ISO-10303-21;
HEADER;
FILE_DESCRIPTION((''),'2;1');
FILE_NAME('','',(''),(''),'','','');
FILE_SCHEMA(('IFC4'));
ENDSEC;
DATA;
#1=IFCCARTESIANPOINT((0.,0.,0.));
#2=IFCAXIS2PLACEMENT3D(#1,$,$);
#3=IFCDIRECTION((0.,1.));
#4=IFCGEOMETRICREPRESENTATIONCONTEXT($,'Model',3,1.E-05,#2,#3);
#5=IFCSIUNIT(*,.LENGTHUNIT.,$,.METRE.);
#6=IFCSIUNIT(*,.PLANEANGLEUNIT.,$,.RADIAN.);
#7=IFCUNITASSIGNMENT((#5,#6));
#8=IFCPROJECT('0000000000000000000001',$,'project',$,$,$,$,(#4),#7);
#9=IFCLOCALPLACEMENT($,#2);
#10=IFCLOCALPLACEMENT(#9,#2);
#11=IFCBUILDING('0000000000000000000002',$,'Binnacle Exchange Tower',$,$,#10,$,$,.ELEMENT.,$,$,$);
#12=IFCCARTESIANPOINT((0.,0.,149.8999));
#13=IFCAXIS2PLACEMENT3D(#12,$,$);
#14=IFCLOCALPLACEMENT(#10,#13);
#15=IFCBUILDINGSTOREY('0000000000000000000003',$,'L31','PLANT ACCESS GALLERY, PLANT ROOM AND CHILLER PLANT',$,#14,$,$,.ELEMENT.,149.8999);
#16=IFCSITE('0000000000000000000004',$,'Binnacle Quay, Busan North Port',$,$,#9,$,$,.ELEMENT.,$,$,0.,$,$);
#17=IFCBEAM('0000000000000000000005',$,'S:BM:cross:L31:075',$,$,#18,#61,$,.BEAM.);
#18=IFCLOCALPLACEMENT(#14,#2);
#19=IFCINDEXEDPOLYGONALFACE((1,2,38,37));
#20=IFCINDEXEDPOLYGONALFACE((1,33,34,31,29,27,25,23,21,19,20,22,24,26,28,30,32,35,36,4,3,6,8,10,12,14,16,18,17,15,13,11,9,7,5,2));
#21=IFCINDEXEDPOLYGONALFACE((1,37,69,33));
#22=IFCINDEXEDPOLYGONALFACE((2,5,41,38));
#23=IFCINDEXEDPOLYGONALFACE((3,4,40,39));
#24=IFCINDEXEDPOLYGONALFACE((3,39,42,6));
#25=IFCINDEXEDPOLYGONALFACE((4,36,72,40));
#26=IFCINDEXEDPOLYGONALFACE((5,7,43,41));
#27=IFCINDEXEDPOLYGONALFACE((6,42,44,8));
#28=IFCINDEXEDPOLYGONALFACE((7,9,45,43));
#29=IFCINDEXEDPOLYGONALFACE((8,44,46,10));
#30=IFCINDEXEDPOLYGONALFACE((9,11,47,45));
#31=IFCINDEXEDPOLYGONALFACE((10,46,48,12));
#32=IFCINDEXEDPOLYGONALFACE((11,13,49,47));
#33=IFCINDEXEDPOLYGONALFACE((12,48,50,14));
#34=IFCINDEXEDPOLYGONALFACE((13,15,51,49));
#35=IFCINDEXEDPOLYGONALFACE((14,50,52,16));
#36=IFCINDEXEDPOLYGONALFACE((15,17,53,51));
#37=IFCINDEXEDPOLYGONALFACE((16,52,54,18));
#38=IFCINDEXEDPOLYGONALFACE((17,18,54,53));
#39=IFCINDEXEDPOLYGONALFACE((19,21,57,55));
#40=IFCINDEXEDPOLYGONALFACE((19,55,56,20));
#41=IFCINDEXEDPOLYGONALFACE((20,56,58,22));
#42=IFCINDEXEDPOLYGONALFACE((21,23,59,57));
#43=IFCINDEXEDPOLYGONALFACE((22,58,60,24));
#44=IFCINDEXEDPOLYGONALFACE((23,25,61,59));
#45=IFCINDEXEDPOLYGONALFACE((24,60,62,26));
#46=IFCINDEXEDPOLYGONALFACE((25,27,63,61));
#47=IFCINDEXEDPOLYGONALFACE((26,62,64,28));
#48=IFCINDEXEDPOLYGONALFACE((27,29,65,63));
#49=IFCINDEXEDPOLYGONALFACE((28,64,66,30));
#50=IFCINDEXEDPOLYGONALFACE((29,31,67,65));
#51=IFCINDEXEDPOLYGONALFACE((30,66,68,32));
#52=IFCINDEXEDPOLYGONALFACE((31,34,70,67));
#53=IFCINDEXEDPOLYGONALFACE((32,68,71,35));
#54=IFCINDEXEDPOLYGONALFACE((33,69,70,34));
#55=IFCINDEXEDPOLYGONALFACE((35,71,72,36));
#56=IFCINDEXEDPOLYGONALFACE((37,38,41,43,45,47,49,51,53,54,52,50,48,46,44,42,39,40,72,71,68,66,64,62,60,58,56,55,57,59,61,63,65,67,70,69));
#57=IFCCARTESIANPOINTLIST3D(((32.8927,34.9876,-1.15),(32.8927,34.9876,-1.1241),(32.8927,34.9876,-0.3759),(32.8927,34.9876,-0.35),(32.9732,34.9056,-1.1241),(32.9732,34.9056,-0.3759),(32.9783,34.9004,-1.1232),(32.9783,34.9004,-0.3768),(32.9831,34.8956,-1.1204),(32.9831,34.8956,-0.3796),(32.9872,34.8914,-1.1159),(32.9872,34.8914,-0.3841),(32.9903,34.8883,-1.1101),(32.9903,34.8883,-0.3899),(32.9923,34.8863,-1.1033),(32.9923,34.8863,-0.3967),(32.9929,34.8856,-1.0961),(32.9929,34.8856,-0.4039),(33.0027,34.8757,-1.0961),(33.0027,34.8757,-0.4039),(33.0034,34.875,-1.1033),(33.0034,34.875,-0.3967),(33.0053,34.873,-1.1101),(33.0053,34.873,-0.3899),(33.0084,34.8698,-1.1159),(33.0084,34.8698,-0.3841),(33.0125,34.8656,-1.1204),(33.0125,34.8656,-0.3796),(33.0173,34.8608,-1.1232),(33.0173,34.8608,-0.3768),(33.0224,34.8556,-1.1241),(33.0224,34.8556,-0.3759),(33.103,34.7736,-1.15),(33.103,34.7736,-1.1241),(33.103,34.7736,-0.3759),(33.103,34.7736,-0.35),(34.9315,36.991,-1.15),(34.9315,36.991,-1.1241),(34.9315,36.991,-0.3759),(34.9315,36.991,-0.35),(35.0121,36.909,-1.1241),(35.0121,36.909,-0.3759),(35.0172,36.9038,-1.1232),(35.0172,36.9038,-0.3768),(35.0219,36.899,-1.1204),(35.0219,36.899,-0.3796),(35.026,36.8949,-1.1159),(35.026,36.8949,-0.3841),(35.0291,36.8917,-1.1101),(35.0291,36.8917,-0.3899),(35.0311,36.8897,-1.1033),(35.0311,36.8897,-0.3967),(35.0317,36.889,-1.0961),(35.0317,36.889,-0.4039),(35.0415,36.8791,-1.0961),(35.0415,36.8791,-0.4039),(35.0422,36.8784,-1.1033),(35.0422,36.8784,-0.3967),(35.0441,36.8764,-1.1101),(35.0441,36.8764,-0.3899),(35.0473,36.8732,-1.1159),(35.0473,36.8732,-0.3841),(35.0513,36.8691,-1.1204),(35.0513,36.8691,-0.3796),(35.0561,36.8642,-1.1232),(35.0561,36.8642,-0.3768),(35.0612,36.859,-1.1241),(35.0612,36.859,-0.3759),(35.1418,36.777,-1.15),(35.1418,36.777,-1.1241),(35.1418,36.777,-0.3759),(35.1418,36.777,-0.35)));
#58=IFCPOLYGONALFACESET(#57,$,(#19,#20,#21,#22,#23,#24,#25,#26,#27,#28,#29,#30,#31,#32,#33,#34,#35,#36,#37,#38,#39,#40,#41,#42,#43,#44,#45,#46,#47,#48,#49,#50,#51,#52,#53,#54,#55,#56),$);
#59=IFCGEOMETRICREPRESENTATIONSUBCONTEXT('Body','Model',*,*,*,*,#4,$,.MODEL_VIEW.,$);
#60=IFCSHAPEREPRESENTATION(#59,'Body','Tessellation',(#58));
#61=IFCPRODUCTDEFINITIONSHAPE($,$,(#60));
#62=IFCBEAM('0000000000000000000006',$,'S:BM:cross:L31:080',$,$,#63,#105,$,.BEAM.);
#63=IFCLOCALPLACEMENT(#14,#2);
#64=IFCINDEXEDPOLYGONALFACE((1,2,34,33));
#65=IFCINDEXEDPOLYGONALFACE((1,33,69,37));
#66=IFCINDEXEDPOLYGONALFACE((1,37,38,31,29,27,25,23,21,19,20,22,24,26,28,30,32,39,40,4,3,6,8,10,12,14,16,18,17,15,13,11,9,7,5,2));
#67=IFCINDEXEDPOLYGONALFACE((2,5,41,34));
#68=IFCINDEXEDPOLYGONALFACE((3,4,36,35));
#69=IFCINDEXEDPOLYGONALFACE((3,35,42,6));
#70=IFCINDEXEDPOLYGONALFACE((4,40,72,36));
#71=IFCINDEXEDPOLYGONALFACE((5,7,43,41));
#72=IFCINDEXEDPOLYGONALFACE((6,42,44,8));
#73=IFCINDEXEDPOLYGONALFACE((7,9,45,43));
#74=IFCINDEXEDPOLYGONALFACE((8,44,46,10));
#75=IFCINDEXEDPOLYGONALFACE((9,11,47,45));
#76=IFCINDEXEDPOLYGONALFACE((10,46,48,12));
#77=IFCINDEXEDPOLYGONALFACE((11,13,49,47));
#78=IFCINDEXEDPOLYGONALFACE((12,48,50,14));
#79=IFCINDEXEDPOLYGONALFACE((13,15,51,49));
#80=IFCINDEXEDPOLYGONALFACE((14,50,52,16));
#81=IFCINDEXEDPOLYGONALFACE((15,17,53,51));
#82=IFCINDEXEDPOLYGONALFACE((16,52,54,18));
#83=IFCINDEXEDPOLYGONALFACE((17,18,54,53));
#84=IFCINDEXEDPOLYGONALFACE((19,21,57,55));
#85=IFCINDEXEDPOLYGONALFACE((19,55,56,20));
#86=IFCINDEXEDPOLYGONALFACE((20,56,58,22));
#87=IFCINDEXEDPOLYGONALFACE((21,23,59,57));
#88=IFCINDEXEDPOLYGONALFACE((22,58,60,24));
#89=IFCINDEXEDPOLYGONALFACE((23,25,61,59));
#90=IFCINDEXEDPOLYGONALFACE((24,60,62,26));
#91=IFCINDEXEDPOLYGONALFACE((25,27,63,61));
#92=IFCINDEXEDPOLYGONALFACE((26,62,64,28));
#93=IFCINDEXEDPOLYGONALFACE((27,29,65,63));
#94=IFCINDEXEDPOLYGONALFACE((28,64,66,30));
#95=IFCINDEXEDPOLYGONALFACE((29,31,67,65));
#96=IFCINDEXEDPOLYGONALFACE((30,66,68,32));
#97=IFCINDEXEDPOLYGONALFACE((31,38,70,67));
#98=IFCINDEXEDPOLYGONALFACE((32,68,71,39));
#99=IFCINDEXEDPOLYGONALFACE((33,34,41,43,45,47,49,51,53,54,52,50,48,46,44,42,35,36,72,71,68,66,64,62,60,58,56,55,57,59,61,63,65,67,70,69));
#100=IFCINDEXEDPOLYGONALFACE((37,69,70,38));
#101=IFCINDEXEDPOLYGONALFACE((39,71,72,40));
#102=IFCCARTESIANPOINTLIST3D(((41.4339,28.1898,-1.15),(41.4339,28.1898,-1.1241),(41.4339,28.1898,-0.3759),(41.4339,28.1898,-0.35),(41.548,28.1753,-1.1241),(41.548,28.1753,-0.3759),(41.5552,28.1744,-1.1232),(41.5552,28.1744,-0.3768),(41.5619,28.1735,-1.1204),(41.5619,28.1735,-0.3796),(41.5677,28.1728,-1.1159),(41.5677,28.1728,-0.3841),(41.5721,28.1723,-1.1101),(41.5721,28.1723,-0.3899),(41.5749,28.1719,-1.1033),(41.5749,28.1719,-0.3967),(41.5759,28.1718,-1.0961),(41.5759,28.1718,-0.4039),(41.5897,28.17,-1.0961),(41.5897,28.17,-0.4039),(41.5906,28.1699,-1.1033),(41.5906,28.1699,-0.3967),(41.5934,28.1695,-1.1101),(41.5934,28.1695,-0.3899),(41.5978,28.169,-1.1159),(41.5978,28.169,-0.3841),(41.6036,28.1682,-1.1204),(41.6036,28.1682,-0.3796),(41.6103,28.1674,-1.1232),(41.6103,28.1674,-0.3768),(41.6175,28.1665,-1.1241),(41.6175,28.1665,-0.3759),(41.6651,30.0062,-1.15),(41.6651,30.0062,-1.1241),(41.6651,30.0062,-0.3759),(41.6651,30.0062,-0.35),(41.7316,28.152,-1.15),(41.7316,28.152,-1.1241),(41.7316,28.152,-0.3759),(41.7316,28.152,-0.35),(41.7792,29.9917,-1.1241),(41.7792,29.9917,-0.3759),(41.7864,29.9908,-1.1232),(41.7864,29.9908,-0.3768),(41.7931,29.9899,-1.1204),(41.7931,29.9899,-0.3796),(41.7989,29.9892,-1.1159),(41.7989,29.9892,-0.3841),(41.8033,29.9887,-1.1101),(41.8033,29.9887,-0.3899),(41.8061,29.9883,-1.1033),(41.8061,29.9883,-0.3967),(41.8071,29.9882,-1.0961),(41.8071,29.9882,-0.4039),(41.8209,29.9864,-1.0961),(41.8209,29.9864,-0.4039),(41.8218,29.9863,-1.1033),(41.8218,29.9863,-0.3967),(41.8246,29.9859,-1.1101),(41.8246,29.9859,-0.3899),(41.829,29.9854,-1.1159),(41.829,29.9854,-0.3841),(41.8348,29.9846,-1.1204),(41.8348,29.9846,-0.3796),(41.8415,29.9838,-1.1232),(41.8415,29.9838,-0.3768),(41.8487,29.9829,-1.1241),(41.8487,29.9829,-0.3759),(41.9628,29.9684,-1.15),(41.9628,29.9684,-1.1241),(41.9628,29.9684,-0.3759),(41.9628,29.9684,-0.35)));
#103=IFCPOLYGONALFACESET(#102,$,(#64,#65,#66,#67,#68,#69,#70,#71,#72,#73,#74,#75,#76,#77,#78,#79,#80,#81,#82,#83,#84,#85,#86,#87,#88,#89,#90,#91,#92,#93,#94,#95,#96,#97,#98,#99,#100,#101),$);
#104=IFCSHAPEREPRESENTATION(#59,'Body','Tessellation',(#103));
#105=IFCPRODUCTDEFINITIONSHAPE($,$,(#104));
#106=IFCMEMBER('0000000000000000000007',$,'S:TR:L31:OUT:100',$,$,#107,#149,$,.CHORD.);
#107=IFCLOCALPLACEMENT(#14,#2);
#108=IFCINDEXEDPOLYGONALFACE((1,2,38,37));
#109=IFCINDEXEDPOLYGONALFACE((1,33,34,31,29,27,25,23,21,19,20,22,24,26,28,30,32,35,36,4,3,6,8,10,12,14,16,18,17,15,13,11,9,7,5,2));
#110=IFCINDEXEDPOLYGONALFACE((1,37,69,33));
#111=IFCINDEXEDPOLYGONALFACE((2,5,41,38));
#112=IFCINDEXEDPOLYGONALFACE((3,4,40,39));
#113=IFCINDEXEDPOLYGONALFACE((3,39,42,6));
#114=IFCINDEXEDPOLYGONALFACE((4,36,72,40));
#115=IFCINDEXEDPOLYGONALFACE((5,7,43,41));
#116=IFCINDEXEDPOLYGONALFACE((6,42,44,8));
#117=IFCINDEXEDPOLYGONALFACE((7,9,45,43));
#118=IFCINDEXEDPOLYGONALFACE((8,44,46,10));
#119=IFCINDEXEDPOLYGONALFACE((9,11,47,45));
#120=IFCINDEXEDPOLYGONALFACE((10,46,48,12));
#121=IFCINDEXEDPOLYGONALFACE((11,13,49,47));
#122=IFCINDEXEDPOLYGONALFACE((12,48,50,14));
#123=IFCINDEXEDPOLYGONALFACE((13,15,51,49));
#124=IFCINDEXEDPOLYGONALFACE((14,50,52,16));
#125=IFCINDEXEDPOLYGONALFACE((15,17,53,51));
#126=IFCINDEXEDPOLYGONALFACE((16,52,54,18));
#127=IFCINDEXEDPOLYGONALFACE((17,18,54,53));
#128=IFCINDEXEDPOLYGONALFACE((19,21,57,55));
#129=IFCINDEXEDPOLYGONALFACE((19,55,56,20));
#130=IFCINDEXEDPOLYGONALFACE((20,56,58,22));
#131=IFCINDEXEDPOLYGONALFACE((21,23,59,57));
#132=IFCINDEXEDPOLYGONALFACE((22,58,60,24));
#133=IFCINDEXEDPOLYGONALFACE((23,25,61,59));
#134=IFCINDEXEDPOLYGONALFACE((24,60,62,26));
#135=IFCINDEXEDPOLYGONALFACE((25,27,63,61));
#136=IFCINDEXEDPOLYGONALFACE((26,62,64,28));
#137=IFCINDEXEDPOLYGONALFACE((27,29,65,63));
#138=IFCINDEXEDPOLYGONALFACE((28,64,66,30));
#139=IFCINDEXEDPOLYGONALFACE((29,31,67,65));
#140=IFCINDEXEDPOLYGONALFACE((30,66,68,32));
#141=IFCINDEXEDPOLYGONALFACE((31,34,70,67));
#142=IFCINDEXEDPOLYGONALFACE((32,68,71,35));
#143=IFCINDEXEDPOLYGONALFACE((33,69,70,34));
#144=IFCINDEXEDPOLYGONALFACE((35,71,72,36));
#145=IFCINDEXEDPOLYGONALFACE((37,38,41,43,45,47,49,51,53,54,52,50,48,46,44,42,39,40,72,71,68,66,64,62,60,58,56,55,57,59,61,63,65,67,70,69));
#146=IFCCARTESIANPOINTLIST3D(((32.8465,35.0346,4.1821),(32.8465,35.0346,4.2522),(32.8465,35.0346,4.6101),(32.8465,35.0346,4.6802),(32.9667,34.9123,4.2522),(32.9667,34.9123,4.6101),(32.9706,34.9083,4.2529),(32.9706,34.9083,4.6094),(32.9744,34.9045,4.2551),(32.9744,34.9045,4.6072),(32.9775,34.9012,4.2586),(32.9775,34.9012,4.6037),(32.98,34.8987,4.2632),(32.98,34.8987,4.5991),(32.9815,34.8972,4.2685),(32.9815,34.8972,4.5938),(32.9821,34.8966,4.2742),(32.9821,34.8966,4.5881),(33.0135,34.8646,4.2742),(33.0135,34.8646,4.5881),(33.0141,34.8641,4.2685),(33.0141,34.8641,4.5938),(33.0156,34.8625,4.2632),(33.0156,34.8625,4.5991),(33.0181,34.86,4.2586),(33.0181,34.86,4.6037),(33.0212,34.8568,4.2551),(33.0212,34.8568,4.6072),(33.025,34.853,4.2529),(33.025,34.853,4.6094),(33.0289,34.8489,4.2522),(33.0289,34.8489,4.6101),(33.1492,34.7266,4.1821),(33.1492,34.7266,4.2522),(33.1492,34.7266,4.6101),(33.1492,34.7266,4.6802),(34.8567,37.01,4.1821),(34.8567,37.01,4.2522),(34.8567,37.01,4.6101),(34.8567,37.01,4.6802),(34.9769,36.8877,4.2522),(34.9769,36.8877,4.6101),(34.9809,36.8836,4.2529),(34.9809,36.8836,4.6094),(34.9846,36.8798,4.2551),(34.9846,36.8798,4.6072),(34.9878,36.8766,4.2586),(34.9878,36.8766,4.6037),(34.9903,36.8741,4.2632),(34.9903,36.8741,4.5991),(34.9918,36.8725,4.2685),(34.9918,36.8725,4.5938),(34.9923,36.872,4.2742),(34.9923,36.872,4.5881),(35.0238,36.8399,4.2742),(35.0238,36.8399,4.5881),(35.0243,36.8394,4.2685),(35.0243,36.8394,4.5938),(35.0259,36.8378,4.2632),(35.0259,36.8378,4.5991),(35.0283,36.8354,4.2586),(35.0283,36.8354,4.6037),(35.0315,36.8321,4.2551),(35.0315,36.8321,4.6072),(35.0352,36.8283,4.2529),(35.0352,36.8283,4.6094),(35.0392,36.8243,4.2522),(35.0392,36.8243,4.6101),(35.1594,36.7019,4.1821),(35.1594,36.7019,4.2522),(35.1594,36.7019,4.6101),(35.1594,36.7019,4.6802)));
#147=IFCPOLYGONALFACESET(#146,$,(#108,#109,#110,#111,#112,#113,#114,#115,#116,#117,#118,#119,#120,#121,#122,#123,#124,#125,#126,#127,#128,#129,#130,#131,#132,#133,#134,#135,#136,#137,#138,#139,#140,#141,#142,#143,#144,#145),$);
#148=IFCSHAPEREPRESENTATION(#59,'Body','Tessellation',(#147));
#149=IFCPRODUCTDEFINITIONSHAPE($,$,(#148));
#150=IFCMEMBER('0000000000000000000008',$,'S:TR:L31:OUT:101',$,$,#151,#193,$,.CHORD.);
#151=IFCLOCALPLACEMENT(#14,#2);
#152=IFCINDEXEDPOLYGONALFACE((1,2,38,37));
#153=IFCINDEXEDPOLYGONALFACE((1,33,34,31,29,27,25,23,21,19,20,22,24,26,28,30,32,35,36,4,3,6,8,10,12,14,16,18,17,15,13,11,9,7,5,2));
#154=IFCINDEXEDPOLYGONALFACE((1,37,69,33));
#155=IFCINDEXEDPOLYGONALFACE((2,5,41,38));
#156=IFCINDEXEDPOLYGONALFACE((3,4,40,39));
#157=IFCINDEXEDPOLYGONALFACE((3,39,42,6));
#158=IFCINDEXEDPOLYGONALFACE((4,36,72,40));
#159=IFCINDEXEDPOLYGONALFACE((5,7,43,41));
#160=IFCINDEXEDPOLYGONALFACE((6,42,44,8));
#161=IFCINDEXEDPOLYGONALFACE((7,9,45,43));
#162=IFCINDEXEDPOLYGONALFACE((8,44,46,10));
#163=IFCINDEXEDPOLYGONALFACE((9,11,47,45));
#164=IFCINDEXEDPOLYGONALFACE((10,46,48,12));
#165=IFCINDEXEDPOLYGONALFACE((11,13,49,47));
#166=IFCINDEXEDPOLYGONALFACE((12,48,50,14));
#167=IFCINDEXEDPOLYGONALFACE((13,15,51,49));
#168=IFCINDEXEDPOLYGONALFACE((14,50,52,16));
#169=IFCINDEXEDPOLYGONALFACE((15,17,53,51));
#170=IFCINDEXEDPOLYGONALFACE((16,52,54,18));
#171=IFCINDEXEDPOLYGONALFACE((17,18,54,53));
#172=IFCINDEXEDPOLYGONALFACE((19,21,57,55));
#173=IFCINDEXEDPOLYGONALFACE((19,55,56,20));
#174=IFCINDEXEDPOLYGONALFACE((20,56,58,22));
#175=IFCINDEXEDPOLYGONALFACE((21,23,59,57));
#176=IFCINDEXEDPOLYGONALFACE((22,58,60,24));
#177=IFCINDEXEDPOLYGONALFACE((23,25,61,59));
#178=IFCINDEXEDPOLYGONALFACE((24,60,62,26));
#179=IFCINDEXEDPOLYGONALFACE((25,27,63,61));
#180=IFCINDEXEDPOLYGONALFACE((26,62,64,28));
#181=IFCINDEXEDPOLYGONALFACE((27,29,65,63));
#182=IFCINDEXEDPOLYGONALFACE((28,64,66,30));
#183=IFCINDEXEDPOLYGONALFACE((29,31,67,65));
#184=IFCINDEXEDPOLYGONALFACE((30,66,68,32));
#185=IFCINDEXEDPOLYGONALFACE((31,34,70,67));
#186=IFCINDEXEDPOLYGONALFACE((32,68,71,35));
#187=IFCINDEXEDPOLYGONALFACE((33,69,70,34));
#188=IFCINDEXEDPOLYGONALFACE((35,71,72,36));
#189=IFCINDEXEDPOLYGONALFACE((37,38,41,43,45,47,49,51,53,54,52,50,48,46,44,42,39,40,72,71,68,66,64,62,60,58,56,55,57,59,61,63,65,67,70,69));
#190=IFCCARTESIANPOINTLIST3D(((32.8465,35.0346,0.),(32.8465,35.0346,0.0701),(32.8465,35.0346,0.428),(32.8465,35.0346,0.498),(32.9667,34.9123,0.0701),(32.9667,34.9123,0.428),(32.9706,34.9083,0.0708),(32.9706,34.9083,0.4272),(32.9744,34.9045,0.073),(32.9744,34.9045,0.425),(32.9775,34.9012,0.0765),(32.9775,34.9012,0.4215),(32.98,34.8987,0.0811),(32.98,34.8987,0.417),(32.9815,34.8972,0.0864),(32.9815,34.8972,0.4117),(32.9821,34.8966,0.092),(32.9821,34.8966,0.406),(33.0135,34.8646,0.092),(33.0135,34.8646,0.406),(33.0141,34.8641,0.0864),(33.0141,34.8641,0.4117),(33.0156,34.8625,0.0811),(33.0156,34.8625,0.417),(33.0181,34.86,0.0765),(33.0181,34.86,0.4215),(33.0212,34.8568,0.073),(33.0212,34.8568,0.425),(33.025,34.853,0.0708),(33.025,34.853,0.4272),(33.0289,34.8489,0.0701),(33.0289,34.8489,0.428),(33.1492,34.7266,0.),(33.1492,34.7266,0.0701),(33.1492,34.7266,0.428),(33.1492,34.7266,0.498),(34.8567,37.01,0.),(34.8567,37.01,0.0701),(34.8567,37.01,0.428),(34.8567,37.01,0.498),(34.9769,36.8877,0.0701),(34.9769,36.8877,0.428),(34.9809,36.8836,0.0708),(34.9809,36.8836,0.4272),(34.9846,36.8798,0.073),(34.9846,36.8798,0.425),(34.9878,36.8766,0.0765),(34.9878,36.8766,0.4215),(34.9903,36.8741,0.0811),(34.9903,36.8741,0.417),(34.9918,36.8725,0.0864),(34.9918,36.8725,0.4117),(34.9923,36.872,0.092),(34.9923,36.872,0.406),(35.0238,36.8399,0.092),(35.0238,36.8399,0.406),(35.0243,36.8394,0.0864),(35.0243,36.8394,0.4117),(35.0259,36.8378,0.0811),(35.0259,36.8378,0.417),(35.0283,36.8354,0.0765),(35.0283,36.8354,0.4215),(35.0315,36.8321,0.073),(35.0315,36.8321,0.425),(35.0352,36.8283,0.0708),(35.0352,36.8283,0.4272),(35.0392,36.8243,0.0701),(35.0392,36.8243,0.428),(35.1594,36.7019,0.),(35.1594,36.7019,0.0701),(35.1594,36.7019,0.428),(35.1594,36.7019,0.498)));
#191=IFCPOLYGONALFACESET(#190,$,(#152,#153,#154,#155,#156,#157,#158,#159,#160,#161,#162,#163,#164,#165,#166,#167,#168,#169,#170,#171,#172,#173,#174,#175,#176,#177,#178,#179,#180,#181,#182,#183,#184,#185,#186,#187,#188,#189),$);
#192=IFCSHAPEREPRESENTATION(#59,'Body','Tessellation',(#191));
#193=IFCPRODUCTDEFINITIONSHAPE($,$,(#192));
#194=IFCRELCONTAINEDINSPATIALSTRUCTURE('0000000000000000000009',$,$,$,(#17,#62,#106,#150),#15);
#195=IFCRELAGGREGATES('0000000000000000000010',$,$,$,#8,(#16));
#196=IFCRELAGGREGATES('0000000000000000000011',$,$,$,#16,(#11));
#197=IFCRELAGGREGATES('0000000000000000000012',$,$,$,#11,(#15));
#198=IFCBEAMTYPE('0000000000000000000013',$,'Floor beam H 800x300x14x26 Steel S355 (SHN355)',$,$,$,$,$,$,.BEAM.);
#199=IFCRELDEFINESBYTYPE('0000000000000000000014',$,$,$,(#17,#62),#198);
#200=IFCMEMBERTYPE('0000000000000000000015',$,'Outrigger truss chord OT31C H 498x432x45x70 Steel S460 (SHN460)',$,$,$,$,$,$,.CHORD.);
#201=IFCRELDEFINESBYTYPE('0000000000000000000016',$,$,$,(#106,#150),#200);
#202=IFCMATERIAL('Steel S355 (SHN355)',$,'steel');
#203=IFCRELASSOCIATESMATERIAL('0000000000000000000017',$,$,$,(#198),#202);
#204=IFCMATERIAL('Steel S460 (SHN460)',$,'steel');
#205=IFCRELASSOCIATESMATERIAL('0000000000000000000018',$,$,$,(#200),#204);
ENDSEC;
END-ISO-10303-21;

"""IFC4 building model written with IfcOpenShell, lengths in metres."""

from ifc_helpers import new_model, si_unit, direction, frame, origin, origin_2d, place, context, subcontext, project, spatial, i_section, extrude, material, material_profile, profile_set, type_object, element, save


model = new_model("IFC4")

# Units and contexts
model_context = context("Model", 3, precision=1e-05, world=origin(), true_north=direction((0.0, 1.0)))
body_context = subcontext(model_context, "Body", "Model", "MODEL_VIEW")
ifc_project = project(units=[si_unit("LENGTHUNIT", "METRE"), si_unit("PLANEANGLEUNIT", "RADIAN")], contexts=[model_context])

# Site, building, storey
site_placement = place(None, origin())
site = spatial("IfcSite", under=ifc_project, at=site_placement, Name="Binnacle Quay, Busan North Port", CompositionType="ELEMENT", RefElevation=0.0)
building_placement = place(site_placement, origin())
building = spatial("IfcBuilding", under=site, at=building_placement, Name="Binnacle Exchange Tower", CompositionType="ELEMENT")
storey_placement = place(building_placement, frame((0.0, 0.0, 149.8999)))
storey = spatial("IfcBuildingStorey", under=building, at=storey_placement, Name="L31", Description="PLANT ACCESS GALLERY, PLANT ROOM AND CHILLER PLANT", CompositionType="ELEMENT", Elevation=149.8999)

# Shared definitions
ifc_material_1 = material(Name="Steel S460 (SHN460)", Category="steel")
ifc_material_2 = material(Name="Steel S355 (SHN355)", Category="steel")

# Beams
ifc_material_profile_1 = material_profile(ifc_material_2, i_section(OverallWidth=0.3, OverallDepth=0.8, WebThickness=0.0139, FlangeThickness=0.0259, FilletRadius=0.0281, at=origin_2d()), Name="H 800x300x14x26")
ifc_profile_set_1 = profile_set([ifc_material_profile_1], Name="Steel S355 (SHN355)")
beam_type_1 = type_object("IfcBeamType", Name="Floor beam H 800x300x14x26 Steel S355 (SHN355)", PredefinedType="BEAM", material=ifc_profile_set_1)
beam_1_placement = place(storey_placement, frame((32.9978, 34.8806, -0.75), z_axis=(0.713272, 0.700887, 0.0), x_axis=(-0.700887, 0.713272, 0.0)))
element("IfcBeam", 1, at=beam_1_placement, inside=storey, type_object=beam_type_1, Name="S:BM:cross:L31:075", PredefinedType="BEAM", context=body_context, shape_type="SweptSolid", body=[
    extrude(i_section(OverallWidth=0.3, OverallDepth=0.8, WebThickness=0.0139, FlangeThickness=0.0259, FilletRadius=0.0281, at=origin_2d()), origin(), (0.0, 0.0, 1.0), 2.8584),
])
beam_2_placement = place(storey_placement, frame((41.5828, 28.1709, -0.75), z_axis=(0.126266, 0.991996, 0.0), x_axis=(-0.991996, 0.126266, 0.0)))
element("IfcBeam", 2, at=beam_2_placement, inside=storey, type_object=beam_type_1, Name="S:BM:cross:L31:080", PredefinedType="BEAM", context=body_context, shape_type="SweptSolid", body=[
    extrude(i_section(OverallWidth=0.3, OverallDepth=0.8, WebThickness=0.0139, FlangeThickness=0.0259, FilletRadius=0.0281, at=origin_2d()), origin(), (0.0, 0.0, 1.0), 1.8311),
])

# Members
ifc_material_profile_2 = material_profile(ifc_material_1, i_section(OverallWidth=0.4319, OverallDepth=0.498, WebThickness=0.0449, FlangeThickness=0.0701, FilletRadius=0.022, at=origin_2d()), Name="H 498x432x45x70")
ifc_profile_set_2 = profile_set([ifc_material_profile_2], Name="Steel S460 (SHN460)")
member_type_1 = type_object("IfcMemberType", Name="Outrigger truss chord OT31C H 498x432x45x70 Steel S460 (SHN460)", PredefinedType="CHORD", material=ifc_profile_set_2)
for number, where, z_axis, x_axis, name in (
    (3, (32.9978, 34.8806, 4.4312), (0.713273, 0.700886, 0.0), (-0.700886, 0.713273, 0.0), "S:TR:L31:OUT:100"),
    (4, (32.9978, 34.8806, 0.249), (0.713273, 0.700886, 0.0), (-0.700886, 0.713273, 0.0), "S:TR:L31:OUT:101"),
):
    element("IfcMember", number, at=place(storey_placement, frame(where, z_axis=z_axis, x_axis=x_axis)), inside=storey, type_object=member_type_1, Name=name, PredefinedType="CHORD", context=body_context, shape_type="SweptSolid", body=[
        extrude(i_section(OverallWidth=0.4319, OverallDepth=0.498, WebThickness=0.0449, FlangeThickness=0.0701, FilletRadius=0.022, at=origin_2d()), origin(), (0.0, 0.0, 1.0), 2.8184),
    ])

save(model, "model.ifc")
